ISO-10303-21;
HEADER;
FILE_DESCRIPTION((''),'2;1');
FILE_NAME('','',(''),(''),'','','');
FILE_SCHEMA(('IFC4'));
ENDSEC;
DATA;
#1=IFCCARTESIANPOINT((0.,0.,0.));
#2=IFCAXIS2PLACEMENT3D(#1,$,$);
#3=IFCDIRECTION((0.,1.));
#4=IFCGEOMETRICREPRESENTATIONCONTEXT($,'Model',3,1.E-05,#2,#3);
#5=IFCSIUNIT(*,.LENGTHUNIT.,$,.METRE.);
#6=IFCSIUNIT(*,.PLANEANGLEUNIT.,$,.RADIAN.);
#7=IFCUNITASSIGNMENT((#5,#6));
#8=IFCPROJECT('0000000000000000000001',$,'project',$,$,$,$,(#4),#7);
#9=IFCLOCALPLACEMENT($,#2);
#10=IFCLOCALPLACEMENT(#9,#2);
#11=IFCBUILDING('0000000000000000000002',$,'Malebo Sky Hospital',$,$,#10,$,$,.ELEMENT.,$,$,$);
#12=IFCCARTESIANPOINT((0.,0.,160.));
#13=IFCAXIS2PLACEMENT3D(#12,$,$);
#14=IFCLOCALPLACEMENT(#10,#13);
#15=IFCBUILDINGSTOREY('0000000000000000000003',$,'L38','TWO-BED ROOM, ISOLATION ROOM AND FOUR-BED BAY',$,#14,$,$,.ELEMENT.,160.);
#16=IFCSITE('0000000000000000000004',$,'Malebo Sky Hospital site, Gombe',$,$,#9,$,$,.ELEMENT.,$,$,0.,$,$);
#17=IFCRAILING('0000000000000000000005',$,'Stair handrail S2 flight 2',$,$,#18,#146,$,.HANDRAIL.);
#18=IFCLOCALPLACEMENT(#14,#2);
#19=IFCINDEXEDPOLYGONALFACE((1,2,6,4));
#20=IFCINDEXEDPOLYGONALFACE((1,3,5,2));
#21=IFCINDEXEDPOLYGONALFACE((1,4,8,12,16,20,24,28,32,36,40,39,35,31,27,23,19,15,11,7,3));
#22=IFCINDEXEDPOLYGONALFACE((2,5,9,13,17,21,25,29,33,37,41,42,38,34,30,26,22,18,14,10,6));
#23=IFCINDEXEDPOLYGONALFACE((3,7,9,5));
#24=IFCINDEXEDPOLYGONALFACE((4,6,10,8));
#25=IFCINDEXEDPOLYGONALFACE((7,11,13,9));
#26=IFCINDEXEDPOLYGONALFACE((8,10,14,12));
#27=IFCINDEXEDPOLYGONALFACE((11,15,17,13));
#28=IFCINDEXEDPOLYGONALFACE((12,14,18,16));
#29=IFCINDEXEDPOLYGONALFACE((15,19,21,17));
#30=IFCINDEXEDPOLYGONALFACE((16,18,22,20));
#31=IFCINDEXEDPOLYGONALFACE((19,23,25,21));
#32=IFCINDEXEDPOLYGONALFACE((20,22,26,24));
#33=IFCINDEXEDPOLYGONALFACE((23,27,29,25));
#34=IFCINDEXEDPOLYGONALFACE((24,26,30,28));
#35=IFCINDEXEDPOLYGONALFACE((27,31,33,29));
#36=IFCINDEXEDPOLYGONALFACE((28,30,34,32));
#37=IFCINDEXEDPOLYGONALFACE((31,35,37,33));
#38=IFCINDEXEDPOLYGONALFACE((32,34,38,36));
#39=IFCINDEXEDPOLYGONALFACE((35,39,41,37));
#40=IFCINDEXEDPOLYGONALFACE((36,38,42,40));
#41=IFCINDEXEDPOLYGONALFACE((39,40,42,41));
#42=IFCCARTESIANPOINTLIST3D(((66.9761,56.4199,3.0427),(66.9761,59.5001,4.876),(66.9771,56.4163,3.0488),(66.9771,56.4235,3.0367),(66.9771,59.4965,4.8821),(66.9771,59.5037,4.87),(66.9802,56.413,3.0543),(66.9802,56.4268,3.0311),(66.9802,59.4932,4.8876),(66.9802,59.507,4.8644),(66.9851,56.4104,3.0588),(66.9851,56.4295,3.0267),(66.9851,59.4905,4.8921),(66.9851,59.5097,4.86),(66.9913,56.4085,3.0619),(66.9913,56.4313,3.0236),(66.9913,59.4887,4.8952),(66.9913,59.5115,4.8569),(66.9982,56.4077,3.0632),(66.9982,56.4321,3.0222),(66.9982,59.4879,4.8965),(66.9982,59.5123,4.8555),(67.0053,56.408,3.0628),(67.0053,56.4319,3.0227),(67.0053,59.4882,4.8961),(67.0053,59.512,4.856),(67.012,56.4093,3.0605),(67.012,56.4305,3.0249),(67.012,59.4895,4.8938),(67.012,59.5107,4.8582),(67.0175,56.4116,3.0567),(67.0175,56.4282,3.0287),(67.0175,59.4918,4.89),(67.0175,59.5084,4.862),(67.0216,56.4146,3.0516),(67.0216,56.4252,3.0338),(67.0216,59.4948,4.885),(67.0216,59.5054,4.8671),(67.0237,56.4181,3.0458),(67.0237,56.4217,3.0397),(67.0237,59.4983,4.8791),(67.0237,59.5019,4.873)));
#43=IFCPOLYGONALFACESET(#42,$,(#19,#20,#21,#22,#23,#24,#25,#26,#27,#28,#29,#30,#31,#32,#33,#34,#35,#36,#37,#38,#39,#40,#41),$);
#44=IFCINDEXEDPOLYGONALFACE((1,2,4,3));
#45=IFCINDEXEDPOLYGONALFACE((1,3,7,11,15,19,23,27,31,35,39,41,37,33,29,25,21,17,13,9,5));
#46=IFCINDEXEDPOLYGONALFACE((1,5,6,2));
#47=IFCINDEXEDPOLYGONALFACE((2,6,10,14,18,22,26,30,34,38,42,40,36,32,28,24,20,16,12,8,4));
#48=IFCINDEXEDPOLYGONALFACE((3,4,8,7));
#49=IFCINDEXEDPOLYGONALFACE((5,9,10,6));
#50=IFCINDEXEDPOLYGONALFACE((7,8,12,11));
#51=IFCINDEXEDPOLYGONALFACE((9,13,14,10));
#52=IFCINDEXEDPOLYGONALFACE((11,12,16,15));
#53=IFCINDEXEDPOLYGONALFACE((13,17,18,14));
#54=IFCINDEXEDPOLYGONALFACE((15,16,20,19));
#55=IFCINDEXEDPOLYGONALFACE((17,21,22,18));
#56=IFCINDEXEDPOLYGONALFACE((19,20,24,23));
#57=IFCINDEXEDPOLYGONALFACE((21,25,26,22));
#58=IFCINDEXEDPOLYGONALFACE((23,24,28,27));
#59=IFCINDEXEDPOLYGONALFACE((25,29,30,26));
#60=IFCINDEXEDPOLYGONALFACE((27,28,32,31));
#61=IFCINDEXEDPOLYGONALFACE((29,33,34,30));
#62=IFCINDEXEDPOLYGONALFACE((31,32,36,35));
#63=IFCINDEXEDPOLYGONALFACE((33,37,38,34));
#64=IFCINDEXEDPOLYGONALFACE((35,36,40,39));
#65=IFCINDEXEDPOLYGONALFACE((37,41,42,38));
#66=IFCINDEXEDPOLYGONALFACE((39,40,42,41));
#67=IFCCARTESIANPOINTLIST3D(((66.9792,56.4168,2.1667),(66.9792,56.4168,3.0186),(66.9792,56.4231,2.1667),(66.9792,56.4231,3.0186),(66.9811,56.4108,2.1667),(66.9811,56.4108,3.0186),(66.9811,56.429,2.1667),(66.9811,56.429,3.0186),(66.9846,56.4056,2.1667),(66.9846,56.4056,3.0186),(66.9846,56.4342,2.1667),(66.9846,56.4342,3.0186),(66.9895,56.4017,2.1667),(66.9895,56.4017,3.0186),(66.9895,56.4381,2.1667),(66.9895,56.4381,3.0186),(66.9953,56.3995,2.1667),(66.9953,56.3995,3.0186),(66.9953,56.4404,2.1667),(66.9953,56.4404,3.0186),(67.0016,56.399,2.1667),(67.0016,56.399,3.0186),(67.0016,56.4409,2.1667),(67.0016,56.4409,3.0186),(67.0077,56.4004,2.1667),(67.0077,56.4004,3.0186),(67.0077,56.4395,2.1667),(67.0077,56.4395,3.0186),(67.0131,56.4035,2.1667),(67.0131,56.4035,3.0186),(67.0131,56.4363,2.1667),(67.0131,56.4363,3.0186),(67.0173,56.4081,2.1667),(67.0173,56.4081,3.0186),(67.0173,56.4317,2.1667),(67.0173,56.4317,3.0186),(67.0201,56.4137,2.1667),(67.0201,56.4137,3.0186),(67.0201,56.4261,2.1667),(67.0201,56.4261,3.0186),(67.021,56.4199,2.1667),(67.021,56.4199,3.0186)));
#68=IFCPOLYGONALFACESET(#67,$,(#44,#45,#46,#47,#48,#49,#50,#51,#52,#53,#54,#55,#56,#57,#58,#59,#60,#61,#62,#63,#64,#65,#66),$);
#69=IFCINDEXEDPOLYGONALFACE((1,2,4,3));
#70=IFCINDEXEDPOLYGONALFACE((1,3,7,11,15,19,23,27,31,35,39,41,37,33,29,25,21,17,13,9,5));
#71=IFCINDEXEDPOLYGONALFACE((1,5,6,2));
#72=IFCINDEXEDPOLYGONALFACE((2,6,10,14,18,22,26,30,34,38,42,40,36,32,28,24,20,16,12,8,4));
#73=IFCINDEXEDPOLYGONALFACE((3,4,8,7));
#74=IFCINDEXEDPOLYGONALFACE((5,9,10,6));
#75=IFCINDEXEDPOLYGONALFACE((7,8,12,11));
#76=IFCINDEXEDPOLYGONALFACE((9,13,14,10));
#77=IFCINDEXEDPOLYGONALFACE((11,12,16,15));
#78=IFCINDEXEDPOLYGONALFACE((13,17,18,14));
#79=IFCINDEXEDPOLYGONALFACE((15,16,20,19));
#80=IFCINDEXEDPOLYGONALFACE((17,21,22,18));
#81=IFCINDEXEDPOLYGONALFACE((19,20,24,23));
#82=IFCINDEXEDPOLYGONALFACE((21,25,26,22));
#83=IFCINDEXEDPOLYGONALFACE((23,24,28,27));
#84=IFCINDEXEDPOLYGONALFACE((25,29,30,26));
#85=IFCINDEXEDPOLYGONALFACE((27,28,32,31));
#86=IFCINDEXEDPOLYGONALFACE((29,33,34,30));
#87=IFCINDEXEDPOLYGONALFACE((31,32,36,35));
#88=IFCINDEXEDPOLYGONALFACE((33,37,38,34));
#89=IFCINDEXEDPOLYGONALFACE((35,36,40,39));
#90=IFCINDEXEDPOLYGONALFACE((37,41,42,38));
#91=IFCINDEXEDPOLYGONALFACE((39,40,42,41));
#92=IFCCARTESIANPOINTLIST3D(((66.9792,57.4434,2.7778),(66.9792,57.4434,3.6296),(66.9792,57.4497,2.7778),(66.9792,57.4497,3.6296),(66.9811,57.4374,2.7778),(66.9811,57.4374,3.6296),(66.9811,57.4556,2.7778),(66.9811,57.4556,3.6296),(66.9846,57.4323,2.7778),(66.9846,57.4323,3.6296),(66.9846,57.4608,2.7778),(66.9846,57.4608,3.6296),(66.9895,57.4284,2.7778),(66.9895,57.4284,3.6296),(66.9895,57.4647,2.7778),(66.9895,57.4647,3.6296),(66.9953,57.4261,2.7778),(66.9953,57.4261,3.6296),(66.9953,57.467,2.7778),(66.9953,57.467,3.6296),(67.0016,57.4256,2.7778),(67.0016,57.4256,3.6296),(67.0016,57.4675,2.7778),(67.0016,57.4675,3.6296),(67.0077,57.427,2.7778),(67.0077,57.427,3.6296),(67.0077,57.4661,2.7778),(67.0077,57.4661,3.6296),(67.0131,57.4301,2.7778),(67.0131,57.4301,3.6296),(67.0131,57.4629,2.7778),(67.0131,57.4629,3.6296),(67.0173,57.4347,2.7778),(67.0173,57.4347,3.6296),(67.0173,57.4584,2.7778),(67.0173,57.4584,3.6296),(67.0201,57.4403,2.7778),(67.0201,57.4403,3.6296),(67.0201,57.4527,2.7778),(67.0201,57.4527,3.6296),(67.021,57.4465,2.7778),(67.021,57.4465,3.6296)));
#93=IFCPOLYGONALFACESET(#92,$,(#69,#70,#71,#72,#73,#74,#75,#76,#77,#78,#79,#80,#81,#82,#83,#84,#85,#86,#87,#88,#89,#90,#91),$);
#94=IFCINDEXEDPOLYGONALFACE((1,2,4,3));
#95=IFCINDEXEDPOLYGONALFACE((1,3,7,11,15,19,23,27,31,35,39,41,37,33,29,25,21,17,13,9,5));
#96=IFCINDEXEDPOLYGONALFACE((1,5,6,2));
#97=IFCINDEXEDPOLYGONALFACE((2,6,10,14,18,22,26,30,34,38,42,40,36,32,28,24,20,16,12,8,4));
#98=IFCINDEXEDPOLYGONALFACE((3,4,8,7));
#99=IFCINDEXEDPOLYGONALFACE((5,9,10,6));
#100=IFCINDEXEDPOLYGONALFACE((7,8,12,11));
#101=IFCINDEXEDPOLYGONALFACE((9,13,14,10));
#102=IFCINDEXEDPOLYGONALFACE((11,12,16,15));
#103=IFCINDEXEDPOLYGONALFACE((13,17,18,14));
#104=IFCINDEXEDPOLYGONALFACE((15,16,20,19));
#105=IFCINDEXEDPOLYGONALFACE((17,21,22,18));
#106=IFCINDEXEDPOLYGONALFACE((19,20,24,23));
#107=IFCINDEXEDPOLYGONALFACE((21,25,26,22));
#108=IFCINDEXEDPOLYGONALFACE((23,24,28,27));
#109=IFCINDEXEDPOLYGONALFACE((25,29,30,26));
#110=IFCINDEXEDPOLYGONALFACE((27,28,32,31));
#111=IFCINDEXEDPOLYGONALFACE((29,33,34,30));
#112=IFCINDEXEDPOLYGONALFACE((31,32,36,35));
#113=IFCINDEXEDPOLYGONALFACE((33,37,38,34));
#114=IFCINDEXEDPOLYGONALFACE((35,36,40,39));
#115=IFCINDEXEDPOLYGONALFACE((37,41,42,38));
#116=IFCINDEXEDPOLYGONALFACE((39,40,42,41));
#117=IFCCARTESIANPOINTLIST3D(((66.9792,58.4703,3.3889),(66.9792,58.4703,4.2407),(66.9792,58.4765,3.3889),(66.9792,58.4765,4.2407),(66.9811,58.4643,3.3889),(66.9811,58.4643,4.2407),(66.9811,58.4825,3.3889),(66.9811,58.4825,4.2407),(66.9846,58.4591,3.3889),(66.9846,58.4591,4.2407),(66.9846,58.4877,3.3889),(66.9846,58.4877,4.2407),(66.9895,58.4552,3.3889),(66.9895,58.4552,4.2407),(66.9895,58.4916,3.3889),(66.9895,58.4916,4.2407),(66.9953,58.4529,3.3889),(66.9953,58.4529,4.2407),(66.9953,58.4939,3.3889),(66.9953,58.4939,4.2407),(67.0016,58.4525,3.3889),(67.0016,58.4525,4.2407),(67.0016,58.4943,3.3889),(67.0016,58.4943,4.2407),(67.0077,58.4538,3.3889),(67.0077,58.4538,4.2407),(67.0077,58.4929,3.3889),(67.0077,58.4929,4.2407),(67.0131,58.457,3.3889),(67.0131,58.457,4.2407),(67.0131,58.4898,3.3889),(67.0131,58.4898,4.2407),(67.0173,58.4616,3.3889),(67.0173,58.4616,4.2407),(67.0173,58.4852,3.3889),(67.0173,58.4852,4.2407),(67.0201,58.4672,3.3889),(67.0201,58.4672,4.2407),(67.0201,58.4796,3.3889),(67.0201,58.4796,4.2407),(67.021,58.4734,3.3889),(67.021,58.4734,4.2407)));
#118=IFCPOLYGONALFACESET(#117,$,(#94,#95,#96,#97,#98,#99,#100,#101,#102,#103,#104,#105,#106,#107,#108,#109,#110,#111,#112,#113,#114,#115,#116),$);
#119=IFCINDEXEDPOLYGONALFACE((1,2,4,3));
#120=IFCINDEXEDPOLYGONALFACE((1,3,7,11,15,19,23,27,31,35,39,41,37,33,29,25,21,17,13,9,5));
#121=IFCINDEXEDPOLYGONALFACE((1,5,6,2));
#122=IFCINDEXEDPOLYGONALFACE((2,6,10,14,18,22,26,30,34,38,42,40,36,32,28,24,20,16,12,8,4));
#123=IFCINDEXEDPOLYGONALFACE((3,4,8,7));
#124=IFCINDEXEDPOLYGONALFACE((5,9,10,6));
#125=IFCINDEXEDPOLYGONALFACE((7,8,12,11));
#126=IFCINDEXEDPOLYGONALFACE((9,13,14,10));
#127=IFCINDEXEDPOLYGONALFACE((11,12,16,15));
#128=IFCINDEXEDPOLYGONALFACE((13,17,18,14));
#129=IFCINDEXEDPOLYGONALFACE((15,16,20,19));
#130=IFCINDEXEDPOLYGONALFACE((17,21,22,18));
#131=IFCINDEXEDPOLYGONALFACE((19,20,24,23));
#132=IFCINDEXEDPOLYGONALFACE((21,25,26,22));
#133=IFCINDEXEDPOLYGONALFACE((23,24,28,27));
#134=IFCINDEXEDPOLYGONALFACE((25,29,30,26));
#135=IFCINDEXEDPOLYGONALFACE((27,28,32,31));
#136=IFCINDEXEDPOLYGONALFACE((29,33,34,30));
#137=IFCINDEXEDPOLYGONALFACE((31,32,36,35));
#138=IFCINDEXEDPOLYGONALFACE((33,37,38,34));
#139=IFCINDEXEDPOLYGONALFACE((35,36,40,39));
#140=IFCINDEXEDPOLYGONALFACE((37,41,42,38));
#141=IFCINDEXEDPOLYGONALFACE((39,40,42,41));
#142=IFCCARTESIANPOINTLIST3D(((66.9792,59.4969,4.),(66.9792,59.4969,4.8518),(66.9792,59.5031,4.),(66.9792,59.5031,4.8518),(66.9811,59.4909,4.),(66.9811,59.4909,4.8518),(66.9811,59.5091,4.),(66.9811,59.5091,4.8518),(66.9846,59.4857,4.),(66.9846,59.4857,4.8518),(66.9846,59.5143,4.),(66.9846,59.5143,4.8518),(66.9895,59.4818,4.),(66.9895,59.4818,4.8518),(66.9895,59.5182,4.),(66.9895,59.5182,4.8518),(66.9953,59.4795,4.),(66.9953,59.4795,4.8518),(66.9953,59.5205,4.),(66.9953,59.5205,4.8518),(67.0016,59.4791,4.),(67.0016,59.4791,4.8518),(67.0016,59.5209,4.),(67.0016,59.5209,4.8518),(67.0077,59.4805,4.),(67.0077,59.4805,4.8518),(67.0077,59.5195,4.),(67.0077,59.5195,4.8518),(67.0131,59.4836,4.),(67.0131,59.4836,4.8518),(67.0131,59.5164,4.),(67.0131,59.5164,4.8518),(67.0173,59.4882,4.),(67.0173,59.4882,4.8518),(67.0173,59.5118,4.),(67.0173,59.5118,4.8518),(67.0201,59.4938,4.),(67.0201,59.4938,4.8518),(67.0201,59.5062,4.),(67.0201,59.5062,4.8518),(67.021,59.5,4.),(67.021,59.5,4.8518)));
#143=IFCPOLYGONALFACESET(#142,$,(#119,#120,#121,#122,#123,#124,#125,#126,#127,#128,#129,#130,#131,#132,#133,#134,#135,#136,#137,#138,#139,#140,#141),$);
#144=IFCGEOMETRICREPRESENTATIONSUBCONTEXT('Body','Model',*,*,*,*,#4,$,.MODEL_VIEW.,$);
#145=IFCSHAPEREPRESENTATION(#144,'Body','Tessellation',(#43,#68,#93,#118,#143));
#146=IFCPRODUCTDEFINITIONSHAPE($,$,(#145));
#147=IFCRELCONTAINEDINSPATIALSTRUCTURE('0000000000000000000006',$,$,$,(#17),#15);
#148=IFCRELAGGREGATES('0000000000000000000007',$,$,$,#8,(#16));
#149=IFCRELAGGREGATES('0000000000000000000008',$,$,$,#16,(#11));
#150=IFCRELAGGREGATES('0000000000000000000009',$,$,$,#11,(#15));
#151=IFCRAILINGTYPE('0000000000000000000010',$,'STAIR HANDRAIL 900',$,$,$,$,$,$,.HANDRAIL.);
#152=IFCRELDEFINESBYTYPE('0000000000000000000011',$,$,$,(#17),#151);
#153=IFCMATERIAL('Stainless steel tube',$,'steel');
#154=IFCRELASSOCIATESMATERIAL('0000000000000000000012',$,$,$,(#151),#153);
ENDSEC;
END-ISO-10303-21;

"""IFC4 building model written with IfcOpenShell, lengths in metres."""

from ifc_helpers import new_model, si_unit, direction, frame, origin, origin_2d, place, context, subcontext, project, spatial, circle, extrude, material, type_object, element, save


model = new_model("IFC4")

# Units and contexts
model_context = context("Model", 3, precision=1e-05, world=origin(), true_north=direction((0.0, 1.0)))
body_context = subcontext(model_context, "Body", "Model", "MODEL_VIEW")
ifc_project = project(units=[si_unit("LENGTHUNIT", "METRE"), si_unit("PLANEANGLEUNIT", "RADIAN")], contexts=[model_context])

# Site, building, storey
site_placement = place(None, origin())
site = spatial("IfcSite", under=ifc_project, at=site_placement, Name="Malebo Sky Hospital site, Gombe", CompositionType="ELEMENT", RefElevation=0.0)
building_placement = place(site_placement, origin())
building = spatial("IfcBuilding", under=site, at=building_placement, Name="Malebo Sky Hospital", CompositionType="ELEMENT")
storey_placement = place(building_placement, frame((0.0, 0.0, 160.0)))
storey = spatial("IfcBuildingStorey", under=building, at=storey_placement, Name="L38", Description="TWO-BED ROOM, ISOLATION ROOM AND FOUR-BED BAY", CompositionType="ELEMENT", Elevation=160.0)

# Railing
ifc_material_1 = material(Name="Stainless steel tube", Category="steel")
railing_type = type_object("IfcRailingType", Name="STAIR HANDRAIL 900", PredefinedType="HANDRAIL", material=ifc_material_1)
railing_1_placement = place(storey_placement, frame((67.0, 56.4199, 2.1667)))
element("IfcRailing", 1, at=railing_1_placement, inside=storey, type_object=railing_type, Name="Stair handrail S2 flight 2", PredefinedType="HANDRAIL", context=body_context, shape_type="SweptSolid", body=[
    extrude(circle(Radius=0.0239, at=origin_2d()), frame((0.0, 0.0, 0.876), z_axis=(0.0, 0.859309, 0.511458), x_axis=(-1.0, 0.0, 0.0)), (0.0, 0.0, 1.0), 3.5845),
    extrude(circle(Radius=0.021, at=origin_2d()), origin(), (0.0, 0.0, 1.0), 0.8518),
    extrude(circle(Radius=0.021, at=origin_2d()), frame((0.0, 1.0266, 0.6111)), (0.0, 0.0, 1.0), 0.8518),
    extrude(circle(Radius=0.021, at=origin_2d()), frame((0.0, 2.0535, 1.2222)), (0.0, 0.0, 1.0), 0.8518),
    extrude(circle(Radius=0.021, at=origin_2d()), frame((0.0, 3.0801, 1.8333)), (0.0, 0.0, 1.0), 0.8518),
])

save(model, "model.ifc")
